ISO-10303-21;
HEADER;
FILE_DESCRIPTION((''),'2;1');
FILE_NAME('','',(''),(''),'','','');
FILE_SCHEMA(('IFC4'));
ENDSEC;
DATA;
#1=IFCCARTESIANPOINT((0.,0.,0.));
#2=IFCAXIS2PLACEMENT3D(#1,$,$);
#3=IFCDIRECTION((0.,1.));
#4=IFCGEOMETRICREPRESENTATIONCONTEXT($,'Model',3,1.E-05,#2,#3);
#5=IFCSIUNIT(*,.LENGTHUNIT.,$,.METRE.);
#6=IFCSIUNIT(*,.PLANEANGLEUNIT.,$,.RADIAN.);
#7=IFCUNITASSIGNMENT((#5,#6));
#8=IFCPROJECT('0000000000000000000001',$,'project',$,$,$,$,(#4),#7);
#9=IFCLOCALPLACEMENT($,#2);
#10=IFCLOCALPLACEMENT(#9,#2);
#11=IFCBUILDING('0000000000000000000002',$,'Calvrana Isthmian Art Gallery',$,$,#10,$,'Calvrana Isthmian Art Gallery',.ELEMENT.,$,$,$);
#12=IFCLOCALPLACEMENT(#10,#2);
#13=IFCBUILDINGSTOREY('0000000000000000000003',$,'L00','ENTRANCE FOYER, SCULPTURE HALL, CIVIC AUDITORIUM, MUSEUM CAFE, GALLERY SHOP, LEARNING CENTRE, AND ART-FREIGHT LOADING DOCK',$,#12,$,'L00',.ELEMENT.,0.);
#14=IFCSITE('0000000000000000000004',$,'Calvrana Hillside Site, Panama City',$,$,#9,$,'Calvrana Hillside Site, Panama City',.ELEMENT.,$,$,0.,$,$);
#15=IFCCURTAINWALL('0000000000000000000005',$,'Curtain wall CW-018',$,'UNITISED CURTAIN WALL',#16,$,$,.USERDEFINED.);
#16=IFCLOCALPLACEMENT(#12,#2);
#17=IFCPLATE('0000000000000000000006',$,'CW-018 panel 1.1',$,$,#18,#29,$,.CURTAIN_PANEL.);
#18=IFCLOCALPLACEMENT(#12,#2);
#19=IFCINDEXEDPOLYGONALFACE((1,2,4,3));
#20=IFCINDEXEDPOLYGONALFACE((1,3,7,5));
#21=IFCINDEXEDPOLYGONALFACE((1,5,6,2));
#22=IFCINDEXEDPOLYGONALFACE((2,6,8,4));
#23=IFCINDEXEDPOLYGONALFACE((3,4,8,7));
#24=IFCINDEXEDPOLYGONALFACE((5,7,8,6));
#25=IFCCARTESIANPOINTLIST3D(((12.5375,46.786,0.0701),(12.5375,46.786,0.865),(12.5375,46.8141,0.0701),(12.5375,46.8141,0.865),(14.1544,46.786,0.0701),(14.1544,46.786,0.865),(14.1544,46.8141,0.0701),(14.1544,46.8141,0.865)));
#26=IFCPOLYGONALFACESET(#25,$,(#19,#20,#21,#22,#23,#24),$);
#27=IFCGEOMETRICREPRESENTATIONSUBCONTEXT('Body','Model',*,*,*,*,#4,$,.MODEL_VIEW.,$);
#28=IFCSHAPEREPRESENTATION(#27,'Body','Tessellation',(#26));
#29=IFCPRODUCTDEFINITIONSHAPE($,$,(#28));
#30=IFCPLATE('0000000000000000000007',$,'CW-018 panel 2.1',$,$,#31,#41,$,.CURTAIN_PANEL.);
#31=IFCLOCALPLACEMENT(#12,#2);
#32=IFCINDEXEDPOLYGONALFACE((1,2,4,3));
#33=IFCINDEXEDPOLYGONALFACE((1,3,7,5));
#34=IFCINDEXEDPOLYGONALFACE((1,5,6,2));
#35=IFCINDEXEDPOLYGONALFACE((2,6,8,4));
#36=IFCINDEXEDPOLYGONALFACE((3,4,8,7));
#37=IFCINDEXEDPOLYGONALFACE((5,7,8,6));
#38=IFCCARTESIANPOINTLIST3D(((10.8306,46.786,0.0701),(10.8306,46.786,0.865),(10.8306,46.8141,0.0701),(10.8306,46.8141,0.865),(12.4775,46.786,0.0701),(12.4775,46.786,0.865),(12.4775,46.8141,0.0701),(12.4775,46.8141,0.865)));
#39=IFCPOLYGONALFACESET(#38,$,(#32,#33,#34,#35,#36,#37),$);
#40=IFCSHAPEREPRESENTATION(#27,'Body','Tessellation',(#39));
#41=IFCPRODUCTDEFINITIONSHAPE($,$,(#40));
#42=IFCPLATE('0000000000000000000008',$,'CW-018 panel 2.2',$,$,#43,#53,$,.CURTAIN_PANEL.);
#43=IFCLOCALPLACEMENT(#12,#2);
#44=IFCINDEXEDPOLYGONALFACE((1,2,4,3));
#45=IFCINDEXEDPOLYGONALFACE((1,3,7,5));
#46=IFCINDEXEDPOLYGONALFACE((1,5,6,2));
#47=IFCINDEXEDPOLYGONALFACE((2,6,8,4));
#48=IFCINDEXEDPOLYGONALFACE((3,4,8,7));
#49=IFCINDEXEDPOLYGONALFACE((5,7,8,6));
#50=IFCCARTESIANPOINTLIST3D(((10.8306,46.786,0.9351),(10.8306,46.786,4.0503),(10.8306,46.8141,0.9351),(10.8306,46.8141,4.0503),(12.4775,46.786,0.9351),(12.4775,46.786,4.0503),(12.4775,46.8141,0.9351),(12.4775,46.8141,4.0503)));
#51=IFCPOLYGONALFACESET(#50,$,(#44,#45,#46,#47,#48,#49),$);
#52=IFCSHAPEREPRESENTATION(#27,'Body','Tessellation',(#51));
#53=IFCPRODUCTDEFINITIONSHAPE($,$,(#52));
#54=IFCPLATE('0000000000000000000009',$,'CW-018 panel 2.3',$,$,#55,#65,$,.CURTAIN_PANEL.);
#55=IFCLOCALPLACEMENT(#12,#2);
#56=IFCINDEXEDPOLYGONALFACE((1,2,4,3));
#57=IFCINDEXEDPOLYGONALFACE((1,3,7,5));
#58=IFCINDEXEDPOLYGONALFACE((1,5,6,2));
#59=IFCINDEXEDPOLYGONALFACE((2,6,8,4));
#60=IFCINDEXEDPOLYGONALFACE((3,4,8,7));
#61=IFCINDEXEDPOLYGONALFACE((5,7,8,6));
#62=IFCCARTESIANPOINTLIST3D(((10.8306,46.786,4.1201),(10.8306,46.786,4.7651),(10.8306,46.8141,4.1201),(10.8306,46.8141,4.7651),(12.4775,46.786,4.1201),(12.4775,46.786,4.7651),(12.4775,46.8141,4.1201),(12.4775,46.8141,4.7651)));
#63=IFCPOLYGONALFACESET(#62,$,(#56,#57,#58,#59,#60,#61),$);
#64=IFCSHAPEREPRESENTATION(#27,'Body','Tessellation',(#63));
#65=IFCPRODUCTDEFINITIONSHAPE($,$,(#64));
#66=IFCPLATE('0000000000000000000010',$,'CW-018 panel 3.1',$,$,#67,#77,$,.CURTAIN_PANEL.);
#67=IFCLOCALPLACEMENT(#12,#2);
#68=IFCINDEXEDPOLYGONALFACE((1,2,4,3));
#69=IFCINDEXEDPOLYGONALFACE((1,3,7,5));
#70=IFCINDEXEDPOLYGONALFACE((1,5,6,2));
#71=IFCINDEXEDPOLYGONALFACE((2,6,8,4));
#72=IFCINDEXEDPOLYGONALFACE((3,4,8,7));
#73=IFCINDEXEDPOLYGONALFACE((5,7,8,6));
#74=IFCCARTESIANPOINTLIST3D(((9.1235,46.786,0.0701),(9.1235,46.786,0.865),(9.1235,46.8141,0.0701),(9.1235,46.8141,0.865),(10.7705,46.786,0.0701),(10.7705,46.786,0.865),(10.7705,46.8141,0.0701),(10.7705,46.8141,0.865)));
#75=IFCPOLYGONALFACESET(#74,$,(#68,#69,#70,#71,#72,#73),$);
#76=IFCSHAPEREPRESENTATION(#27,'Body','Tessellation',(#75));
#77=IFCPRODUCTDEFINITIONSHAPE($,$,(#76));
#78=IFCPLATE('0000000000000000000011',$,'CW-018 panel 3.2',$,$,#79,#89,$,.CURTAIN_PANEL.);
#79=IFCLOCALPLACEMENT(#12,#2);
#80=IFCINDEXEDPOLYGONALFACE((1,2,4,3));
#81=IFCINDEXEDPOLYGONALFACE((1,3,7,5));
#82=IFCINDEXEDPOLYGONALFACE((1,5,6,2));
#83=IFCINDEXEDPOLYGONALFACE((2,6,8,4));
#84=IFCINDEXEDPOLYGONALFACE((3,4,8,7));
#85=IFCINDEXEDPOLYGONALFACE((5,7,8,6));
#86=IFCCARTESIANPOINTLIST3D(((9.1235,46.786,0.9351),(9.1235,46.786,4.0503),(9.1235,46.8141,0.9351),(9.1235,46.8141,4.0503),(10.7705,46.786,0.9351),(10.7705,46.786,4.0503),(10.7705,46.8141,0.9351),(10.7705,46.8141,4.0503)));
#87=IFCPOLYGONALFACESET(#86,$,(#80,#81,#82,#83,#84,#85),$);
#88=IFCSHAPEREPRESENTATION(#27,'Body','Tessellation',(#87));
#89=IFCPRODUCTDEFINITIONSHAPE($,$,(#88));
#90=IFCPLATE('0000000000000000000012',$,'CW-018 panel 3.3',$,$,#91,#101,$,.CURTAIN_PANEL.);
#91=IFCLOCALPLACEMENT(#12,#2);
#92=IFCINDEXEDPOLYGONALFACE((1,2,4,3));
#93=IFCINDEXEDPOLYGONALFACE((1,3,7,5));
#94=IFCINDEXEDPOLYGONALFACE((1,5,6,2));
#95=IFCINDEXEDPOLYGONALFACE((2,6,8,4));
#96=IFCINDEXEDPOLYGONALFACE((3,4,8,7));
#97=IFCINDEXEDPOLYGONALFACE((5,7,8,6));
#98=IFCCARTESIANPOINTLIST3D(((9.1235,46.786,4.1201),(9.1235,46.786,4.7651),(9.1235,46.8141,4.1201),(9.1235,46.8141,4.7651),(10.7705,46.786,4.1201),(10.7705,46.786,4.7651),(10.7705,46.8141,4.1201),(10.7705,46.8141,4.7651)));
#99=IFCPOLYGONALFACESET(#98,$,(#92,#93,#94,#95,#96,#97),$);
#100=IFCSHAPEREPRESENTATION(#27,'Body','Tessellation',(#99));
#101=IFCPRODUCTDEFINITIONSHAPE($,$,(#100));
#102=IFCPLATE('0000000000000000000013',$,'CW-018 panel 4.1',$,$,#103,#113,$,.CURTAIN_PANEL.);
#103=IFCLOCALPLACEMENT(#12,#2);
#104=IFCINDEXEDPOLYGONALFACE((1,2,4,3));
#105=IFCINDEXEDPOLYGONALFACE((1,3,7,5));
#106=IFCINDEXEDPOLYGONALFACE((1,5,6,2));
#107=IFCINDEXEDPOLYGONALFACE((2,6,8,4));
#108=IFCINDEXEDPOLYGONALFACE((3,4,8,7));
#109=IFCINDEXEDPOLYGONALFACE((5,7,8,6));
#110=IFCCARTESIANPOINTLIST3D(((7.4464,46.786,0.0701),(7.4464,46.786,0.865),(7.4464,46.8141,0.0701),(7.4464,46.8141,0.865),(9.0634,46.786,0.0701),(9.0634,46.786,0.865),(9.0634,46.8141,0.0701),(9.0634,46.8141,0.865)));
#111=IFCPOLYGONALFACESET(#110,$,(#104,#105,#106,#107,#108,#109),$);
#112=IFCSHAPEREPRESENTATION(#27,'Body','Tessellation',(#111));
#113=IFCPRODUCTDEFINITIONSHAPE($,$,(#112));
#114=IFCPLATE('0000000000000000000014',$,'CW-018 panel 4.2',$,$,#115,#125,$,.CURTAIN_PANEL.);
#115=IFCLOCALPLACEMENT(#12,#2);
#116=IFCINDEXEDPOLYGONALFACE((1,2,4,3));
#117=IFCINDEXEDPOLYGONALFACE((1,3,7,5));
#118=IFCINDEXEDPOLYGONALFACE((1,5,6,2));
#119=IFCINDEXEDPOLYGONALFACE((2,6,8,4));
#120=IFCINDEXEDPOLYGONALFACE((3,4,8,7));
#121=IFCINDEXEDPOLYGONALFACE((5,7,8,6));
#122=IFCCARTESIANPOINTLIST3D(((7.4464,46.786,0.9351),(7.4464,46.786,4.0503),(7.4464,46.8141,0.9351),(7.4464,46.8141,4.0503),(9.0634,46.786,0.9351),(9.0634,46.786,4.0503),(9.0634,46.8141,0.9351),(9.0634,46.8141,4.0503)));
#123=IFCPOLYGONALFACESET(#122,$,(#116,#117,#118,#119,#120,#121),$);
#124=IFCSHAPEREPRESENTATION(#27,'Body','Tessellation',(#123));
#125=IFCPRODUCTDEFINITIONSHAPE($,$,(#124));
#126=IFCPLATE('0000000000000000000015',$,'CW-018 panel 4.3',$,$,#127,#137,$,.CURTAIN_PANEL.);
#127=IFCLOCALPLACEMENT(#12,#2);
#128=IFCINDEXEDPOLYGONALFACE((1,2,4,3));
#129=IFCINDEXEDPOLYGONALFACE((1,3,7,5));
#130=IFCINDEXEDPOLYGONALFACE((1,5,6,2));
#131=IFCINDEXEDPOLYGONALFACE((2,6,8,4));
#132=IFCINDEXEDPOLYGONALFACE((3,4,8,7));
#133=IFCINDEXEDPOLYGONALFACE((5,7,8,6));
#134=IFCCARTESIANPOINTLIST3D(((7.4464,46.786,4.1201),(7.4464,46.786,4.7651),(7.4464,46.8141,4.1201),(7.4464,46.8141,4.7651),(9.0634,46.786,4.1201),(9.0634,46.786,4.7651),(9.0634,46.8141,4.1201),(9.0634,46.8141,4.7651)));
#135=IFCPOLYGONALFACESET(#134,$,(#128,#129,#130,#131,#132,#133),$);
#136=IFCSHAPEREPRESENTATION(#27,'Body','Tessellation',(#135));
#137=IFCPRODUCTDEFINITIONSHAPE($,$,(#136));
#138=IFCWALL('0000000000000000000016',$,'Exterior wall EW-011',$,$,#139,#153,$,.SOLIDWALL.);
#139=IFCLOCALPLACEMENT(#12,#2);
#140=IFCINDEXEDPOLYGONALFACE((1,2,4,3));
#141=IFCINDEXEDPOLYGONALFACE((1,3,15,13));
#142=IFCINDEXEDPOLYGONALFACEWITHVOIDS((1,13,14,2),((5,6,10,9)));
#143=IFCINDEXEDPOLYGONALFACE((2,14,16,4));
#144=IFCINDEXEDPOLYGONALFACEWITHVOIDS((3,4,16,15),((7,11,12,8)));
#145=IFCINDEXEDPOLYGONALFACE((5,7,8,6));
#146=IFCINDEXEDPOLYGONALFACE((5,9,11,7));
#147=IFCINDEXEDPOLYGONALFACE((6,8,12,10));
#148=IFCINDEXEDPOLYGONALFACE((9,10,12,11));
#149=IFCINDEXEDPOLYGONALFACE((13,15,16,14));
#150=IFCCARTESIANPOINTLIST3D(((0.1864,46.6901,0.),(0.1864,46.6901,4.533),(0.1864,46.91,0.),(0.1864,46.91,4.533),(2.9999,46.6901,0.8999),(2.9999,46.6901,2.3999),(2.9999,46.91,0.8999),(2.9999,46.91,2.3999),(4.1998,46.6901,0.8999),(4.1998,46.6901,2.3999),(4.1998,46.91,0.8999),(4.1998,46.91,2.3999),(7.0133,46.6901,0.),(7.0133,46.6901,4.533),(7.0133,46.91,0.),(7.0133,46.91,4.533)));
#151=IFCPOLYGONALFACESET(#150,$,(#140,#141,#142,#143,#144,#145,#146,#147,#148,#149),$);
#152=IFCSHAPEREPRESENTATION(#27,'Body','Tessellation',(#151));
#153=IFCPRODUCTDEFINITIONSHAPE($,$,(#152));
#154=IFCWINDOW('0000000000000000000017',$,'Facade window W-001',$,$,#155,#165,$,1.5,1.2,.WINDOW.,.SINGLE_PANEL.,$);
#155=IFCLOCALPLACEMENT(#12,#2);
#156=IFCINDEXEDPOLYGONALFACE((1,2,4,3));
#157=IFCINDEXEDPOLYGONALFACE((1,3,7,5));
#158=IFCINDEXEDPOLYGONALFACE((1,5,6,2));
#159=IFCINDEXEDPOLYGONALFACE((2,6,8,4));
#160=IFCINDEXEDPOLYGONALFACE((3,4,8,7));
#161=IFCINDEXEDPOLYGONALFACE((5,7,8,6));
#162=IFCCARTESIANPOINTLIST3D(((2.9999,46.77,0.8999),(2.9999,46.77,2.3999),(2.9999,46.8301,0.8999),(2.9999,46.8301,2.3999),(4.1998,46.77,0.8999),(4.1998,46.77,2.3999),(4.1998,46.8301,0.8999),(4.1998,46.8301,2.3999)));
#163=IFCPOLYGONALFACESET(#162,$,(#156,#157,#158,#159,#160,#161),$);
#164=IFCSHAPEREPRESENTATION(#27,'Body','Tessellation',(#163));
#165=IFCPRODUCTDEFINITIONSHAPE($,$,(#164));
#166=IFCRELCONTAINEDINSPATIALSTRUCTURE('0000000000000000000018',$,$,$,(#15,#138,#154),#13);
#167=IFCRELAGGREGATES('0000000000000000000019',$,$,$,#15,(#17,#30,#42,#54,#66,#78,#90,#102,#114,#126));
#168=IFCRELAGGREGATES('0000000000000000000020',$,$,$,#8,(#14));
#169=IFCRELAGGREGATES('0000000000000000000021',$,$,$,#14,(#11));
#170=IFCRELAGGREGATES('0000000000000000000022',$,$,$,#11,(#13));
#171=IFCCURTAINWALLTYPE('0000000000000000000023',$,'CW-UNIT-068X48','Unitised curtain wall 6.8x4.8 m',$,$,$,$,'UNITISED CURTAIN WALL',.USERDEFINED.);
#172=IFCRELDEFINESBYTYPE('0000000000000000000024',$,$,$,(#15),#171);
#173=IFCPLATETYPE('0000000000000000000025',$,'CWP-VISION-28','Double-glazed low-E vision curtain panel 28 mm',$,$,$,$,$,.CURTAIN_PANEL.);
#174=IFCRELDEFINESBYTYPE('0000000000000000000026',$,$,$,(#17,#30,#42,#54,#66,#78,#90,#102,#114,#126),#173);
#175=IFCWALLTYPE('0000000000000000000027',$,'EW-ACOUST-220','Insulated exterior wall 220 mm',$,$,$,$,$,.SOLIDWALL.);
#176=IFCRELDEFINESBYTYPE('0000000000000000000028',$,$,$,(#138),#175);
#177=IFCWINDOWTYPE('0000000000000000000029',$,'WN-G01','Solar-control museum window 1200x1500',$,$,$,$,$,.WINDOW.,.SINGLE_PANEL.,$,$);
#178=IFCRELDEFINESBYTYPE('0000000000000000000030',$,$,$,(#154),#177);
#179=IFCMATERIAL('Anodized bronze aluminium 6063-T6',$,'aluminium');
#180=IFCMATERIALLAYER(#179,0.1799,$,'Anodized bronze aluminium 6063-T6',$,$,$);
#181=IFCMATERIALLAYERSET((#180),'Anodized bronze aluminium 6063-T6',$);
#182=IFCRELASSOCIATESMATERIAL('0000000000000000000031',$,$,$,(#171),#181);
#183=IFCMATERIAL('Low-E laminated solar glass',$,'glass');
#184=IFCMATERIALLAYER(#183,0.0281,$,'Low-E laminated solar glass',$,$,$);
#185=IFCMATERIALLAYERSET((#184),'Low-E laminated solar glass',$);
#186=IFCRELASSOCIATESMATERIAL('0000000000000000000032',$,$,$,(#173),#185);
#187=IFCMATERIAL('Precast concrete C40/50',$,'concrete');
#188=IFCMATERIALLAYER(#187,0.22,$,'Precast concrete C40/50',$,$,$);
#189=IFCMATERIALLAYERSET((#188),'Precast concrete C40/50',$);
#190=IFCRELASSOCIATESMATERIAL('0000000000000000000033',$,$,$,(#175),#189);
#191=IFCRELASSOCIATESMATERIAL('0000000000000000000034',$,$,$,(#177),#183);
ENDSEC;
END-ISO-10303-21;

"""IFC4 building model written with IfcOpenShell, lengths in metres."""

from ifc_helpers import new_model, si_unit, direction, frame, frame_2d, origin, origin_2d, place, context, subcontext, project, spatial, rectangle, extrude, material, layer, layer_set, type_object, element, fill, aggregate, save


model = new_model("IFC4")

# Units and contexts
model_context = context("Model", 3, precision=1e-05, world=origin(), true_north=direction((0.0, 1.0)))
body_context = subcontext(model_context, "Body", "Model", "MODEL_VIEW")
ifc_project = project(units=[si_unit("LENGTHUNIT", "METRE"), si_unit("PLANEANGLEUNIT", "RADIAN")], contexts=[model_context])

# Site, building, storey
site_placement = place(None, origin())
site = spatial("IfcSite", under=ifc_project, at=site_placement, Name="Calvrana Hillside Site, Panama City", LongName="Calvrana Hillside Site, Panama City", CompositionType="ELEMENT", RefElevation=0.0)
building_placement = place(site_placement, origin())
building = spatial("IfcBuilding", under=site, at=building_placement, Name="Calvrana Isthmian Art Gallery", LongName="Calvrana Isthmian Art Gallery", CompositionType="ELEMENT")
storey_placement = place(building_placement, origin())
storey = spatial("IfcBuildingStorey", under=building, at=storey_placement, Name="L00", Description="ENTRANCE FOYER, SCULPTURE HALL, CIVIC AUDITORIUM, MUSEUM CAFE, GALLERY SHOP, LEARNING CENTRE, AND ART-FREIGHT LOADING DOCK", LongName="L00", CompositionType="ELEMENT", Elevation=0.0)

# Curtain wall, plates
ifc_material_1 = material(Name="Anodized bronze aluminium 6063-T6", Category="aluminium")
ifc_layer_1 = layer(ifc_material_1, 0.1799, Name="Anodized bronze aluminium 6063-T6")
ifc_layer_set_1 = layer_set([ifc_layer_1], Name="Anodized bronze aluminium 6063-T6")
curtain_wall_type = type_object("IfcCurtainWallType", Name="CW-UNIT-068X48", Description="Unitised curtain wall 6.8x4.8 m", ElementType="UNITISED CURTAIN WALL", PredefinedType="USERDEFINED", material=ifc_layer_set_1)
curtain_wall_placement = place(storey_placement, origin())
curtain_wall = element("IfcCurtainWall", 1, at=curtain_wall_placement, inside=storey, type_object=curtain_wall_type, Name="Curtain wall CW-018", ObjectType="UNITISED CURTAIN WALL", PredefinedType="USERDEFINED")
ifc_material_2 = material(Name="Low-E laminated solar glass", Category="glass")
ifc_layer_2 = layer(ifc_material_2, 0.0281, Name="Low-E laminated solar glass")
ifc_layer_set_2 = layer_set([ifc_layer_2], Name="Low-E laminated solar glass")
plate_type = type_object("IfcPlateType", Name="CWP-VISION-28", Description="Double-glazed low-E vision curtain panel 28 mm", PredefinedType="CURTAIN_PANEL", material=ifc_layer_set_2)
plate_1_placement = place(storey_placement, frame((13.3459, 46.8, 0.0701), z_axis=(0.0, 0.0, 1.0), x_axis=(-1.0, 0.0, 0.0)))
plate_1 = element("IfcPlate", 2, at=plate_1_placement, type_object=plate_type, Name="CW-018 panel 1.1", PredefinedType="CURTAIN_PANEL", context=body_context, shape_type="SweptSolid", body=[
    extrude(rectangle(XDim=1.6169, YDim=0.0281, at=origin_2d()), origin(), (0.0, 0.0, 1.0), 0.7949),
])
plate_2_placement = place(storey_placement, frame((11.6541, 46.8, 0.0701), z_axis=(0.0, 0.0, 1.0), x_axis=(-1.0, 0.0, 0.0)))
plate_2 = element("IfcPlate", 3, at=plate_2_placement, type_object=plate_type, Name="CW-018 panel 2.1", PredefinedType="CURTAIN_PANEL", context=body_context, shape_type="SweptSolid", body=[
    extrude(rectangle(XDim=1.647, YDim=0.0281, at=origin_2d()), origin(), (0.0, 0.0, 1.0), 0.7949),
])
plate_3_placement = place(storey_placement, frame((11.6541, 46.8, 0.9351), z_axis=(0.0, 0.0, 1.0), x_axis=(-1.0, 0.0, 0.0)))
plate_3 = element("IfcPlate", 4, at=plate_3_placement, type_object=plate_type, Name="CW-018 panel 2.2", PredefinedType="CURTAIN_PANEL", context=body_context, shape_type="SweptSolid", body=[
    extrude(rectangle(XDim=1.647, YDim=0.0281, at=origin_2d()), origin(), (0.0, 0.0, 1.0), 3.1152),
])
plate_4_placement = place(storey_placement, frame((11.6541, 46.8, 4.1201), z_axis=(0.0, 0.0, 1.0), x_axis=(-1.0, 0.0, 0.0)))
plate_4 = element("IfcPlate", 5, at=plate_4_placement, type_object=plate_type, Name="CW-018 panel 2.3", PredefinedType="CURTAIN_PANEL", context=body_context, shape_type="SweptSolid", body=[
    extrude(rectangle(XDim=1.647, YDim=0.0281, at=origin_2d()), origin(), (0.0, 0.0, 1.0), 0.645),
])
plate_5_placement = place(storey_placement, frame((9.947, 46.8, 0.0701), z_axis=(0.0, 0.0, 1.0), x_axis=(-1.0, 0.0, 0.0)))
plate_5 = element("IfcPlate", 6, at=plate_5_placement, type_object=plate_type, Name="CW-018 panel 3.1", PredefinedType="CURTAIN_PANEL", context=body_context, shape_type="SweptSolid", body=[
    extrude(rectangle(XDim=1.647, YDim=0.0281, at=origin_2d()), origin(), (0.0, 0.0, 1.0), 0.7949),
])
plate_6_placement = place(storey_placement, frame((9.947, 46.8, 0.9351), z_axis=(0.0, 0.0, 1.0), x_axis=(-1.0, 0.0, 0.0)))
plate_6 = element("IfcPlate", 7, at=plate_6_placement, type_object=plate_type, Name="CW-018 panel 3.2", PredefinedType="CURTAIN_PANEL", context=body_context, shape_type="SweptSolid", body=[
    extrude(rectangle(XDim=1.647, YDim=0.0281, at=origin_2d()), origin(), (0.0, 0.0, 1.0), 3.1152),
])
plate_7_placement = place(storey_placement, frame((9.947, 46.8, 4.1201), z_axis=(0.0, 0.0, 1.0), x_axis=(-1.0, 0.0, 0.0)))
plate_7 = element("IfcPlate", 8, at=plate_7_placement, type_object=plate_type, Name="CW-018 panel 3.3", PredefinedType="CURTAIN_PANEL", context=body_context, shape_type="SweptSolid", body=[
    extrude(rectangle(XDim=1.647, YDim=0.0281, at=origin_2d()), origin(), (0.0, 0.0, 1.0), 0.645),
])
plate_8_placement = place(storey_placement, frame((8.2549, 46.8, 0.0701), z_axis=(0.0, 0.0, 1.0), x_axis=(-1.0, 0.0, 0.0)))
plate_8 = element("IfcPlate", 9, at=plate_8_placement, type_object=plate_type, Name="CW-018 panel 4.1", PredefinedType="CURTAIN_PANEL", context=body_context, shape_type="SweptSolid", body=[
    extrude(rectangle(XDim=1.6169, YDim=0.0281, at=origin_2d()), origin(), (0.0, 0.0, 1.0), 0.7949),
])
plate_9_placement = place(storey_placement, frame((8.2549, 46.8, 0.9351), z_axis=(0.0, 0.0, 1.0), x_axis=(-1.0, 0.0, 0.0)))
plate_9 = element("IfcPlate", 10, at=plate_9_placement, type_object=plate_type, Name="CW-018 panel 4.2", PredefinedType="CURTAIN_PANEL", context=body_context, shape_type="SweptSolid", body=[
    extrude(rectangle(XDim=1.6169, YDim=0.0281, at=origin_2d()), origin(), (0.0, 0.0, 1.0), 3.1152),
])
plate_10_placement = place(storey_placement, frame((8.2549, 46.8, 4.1201), z_axis=(0.0, 0.0, 1.0), x_axis=(-1.0, 0.0, 0.0)))
plate_10 = element("IfcPlate", 11, at=plate_10_placement, type_object=plate_type, Name="CW-018 panel 4.3", PredefinedType="CURTAIN_PANEL", context=body_context, shape_type="SweptSolid", body=[
    extrude(rectangle(XDim=1.6169, YDim=0.0281, at=origin_2d()), origin(), (0.0, 0.0, 1.0), 0.645),
])
aggregate(curtain_wall, [plate_1, plate_2, plate_3, plate_4, plate_5, plate_6, plate_7, plate_8, plate_9, plate_10])

# Wall, opening, window
ifc_material_3 = material(Name="Precast concrete C40/50", Category="concrete")
ifc_layer_3 = layer(ifc_material_3, 0.22, Name="Precast concrete C40/50")
ifc_layer_set_3 = layer_set([ifc_layer_3], Name="Precast concrete C40/50")
wall_type_1 = type_object("IfcWallType", Name="EW-ACOUST-220", Description="Insulated exterior wall 220 mm", PredefinedType="SOLIDWALL", material=ifc_layer_set_3)
wall_1_placement = place(storey_placement, frame((7.0134, 46.8, 0.0), z_axis=(0.0, 0.0, 1.0), x_axis=(-1.0, 0.0, 0.0)))
wall_1 = element("IfcWall", 12, at=wall_1_placement, inside=storey, type_object=wall_type_1, Name="Exterior wall EW-011", PredefinedType="SOLIDWALL", context=body_context, shape_type="SweptSolid", body=[
    extrude(rectangle(XDim=6.8269, YDim=0.22, at=frame_2d((3.4136, 0.0))), origin(), (0.0, 0.0, 1.0), 4.533),
])
opening_1_placement = place(wall_1_placement, frame((2.8135, 0.0, 0.8999)))
opening_1 = element("IfcOpeningElement", 13, at=opening_1_placement, cuts=wall_1, PredefinedType="OPENING", context=body_context, shape_type="SweptSolid", body=[
    extrude(rectangle(XDim=1.2, YDim=1.5, at=frame_2d((0.6001, 0.75))), frame((0.0, 0.1201, 0.0), z_axis=(0.0, -1.0, 0.0), x_axis=(1.0, 0.0, 0.0)), (0.0, 0.0, 1.0), 0.2405),
])
window_type = type_object("IfcWindowType", Name="WN-G01", Description="Solar-control museum window 1200x1500", PartitioningType="SINGLE_PANEL", PredefinedType="WINDOW", material=ifc_material_2)
window_1_placement = place(opening_1_placement, origin())
window_1 = element("IfcWindow", 14, at=window_1_placement, inside=storey, type_object=window_type, Name="Facade window W-001", OverallHeight=1.5, OverallWidth=1.2, PartitioningType="SINGLE_PANEL", PredefinedType="WINDOW", context=body_context, shape_type="SweptSolid", body=[
    extrude(rectangle(XDim=1.2, YDim=1.5, at=frame_2d((0.6001, 0.75))), frame((0.0, 0.03, 0.0), z_axis=(0.0, -1.0, 0.0), x_axis=(1.0, 0.0, 0.0)), (0.0, 0.0, 1.0), 0.0601),
])
fill(opening_1, window_1)

save(model, "model.ifc")
